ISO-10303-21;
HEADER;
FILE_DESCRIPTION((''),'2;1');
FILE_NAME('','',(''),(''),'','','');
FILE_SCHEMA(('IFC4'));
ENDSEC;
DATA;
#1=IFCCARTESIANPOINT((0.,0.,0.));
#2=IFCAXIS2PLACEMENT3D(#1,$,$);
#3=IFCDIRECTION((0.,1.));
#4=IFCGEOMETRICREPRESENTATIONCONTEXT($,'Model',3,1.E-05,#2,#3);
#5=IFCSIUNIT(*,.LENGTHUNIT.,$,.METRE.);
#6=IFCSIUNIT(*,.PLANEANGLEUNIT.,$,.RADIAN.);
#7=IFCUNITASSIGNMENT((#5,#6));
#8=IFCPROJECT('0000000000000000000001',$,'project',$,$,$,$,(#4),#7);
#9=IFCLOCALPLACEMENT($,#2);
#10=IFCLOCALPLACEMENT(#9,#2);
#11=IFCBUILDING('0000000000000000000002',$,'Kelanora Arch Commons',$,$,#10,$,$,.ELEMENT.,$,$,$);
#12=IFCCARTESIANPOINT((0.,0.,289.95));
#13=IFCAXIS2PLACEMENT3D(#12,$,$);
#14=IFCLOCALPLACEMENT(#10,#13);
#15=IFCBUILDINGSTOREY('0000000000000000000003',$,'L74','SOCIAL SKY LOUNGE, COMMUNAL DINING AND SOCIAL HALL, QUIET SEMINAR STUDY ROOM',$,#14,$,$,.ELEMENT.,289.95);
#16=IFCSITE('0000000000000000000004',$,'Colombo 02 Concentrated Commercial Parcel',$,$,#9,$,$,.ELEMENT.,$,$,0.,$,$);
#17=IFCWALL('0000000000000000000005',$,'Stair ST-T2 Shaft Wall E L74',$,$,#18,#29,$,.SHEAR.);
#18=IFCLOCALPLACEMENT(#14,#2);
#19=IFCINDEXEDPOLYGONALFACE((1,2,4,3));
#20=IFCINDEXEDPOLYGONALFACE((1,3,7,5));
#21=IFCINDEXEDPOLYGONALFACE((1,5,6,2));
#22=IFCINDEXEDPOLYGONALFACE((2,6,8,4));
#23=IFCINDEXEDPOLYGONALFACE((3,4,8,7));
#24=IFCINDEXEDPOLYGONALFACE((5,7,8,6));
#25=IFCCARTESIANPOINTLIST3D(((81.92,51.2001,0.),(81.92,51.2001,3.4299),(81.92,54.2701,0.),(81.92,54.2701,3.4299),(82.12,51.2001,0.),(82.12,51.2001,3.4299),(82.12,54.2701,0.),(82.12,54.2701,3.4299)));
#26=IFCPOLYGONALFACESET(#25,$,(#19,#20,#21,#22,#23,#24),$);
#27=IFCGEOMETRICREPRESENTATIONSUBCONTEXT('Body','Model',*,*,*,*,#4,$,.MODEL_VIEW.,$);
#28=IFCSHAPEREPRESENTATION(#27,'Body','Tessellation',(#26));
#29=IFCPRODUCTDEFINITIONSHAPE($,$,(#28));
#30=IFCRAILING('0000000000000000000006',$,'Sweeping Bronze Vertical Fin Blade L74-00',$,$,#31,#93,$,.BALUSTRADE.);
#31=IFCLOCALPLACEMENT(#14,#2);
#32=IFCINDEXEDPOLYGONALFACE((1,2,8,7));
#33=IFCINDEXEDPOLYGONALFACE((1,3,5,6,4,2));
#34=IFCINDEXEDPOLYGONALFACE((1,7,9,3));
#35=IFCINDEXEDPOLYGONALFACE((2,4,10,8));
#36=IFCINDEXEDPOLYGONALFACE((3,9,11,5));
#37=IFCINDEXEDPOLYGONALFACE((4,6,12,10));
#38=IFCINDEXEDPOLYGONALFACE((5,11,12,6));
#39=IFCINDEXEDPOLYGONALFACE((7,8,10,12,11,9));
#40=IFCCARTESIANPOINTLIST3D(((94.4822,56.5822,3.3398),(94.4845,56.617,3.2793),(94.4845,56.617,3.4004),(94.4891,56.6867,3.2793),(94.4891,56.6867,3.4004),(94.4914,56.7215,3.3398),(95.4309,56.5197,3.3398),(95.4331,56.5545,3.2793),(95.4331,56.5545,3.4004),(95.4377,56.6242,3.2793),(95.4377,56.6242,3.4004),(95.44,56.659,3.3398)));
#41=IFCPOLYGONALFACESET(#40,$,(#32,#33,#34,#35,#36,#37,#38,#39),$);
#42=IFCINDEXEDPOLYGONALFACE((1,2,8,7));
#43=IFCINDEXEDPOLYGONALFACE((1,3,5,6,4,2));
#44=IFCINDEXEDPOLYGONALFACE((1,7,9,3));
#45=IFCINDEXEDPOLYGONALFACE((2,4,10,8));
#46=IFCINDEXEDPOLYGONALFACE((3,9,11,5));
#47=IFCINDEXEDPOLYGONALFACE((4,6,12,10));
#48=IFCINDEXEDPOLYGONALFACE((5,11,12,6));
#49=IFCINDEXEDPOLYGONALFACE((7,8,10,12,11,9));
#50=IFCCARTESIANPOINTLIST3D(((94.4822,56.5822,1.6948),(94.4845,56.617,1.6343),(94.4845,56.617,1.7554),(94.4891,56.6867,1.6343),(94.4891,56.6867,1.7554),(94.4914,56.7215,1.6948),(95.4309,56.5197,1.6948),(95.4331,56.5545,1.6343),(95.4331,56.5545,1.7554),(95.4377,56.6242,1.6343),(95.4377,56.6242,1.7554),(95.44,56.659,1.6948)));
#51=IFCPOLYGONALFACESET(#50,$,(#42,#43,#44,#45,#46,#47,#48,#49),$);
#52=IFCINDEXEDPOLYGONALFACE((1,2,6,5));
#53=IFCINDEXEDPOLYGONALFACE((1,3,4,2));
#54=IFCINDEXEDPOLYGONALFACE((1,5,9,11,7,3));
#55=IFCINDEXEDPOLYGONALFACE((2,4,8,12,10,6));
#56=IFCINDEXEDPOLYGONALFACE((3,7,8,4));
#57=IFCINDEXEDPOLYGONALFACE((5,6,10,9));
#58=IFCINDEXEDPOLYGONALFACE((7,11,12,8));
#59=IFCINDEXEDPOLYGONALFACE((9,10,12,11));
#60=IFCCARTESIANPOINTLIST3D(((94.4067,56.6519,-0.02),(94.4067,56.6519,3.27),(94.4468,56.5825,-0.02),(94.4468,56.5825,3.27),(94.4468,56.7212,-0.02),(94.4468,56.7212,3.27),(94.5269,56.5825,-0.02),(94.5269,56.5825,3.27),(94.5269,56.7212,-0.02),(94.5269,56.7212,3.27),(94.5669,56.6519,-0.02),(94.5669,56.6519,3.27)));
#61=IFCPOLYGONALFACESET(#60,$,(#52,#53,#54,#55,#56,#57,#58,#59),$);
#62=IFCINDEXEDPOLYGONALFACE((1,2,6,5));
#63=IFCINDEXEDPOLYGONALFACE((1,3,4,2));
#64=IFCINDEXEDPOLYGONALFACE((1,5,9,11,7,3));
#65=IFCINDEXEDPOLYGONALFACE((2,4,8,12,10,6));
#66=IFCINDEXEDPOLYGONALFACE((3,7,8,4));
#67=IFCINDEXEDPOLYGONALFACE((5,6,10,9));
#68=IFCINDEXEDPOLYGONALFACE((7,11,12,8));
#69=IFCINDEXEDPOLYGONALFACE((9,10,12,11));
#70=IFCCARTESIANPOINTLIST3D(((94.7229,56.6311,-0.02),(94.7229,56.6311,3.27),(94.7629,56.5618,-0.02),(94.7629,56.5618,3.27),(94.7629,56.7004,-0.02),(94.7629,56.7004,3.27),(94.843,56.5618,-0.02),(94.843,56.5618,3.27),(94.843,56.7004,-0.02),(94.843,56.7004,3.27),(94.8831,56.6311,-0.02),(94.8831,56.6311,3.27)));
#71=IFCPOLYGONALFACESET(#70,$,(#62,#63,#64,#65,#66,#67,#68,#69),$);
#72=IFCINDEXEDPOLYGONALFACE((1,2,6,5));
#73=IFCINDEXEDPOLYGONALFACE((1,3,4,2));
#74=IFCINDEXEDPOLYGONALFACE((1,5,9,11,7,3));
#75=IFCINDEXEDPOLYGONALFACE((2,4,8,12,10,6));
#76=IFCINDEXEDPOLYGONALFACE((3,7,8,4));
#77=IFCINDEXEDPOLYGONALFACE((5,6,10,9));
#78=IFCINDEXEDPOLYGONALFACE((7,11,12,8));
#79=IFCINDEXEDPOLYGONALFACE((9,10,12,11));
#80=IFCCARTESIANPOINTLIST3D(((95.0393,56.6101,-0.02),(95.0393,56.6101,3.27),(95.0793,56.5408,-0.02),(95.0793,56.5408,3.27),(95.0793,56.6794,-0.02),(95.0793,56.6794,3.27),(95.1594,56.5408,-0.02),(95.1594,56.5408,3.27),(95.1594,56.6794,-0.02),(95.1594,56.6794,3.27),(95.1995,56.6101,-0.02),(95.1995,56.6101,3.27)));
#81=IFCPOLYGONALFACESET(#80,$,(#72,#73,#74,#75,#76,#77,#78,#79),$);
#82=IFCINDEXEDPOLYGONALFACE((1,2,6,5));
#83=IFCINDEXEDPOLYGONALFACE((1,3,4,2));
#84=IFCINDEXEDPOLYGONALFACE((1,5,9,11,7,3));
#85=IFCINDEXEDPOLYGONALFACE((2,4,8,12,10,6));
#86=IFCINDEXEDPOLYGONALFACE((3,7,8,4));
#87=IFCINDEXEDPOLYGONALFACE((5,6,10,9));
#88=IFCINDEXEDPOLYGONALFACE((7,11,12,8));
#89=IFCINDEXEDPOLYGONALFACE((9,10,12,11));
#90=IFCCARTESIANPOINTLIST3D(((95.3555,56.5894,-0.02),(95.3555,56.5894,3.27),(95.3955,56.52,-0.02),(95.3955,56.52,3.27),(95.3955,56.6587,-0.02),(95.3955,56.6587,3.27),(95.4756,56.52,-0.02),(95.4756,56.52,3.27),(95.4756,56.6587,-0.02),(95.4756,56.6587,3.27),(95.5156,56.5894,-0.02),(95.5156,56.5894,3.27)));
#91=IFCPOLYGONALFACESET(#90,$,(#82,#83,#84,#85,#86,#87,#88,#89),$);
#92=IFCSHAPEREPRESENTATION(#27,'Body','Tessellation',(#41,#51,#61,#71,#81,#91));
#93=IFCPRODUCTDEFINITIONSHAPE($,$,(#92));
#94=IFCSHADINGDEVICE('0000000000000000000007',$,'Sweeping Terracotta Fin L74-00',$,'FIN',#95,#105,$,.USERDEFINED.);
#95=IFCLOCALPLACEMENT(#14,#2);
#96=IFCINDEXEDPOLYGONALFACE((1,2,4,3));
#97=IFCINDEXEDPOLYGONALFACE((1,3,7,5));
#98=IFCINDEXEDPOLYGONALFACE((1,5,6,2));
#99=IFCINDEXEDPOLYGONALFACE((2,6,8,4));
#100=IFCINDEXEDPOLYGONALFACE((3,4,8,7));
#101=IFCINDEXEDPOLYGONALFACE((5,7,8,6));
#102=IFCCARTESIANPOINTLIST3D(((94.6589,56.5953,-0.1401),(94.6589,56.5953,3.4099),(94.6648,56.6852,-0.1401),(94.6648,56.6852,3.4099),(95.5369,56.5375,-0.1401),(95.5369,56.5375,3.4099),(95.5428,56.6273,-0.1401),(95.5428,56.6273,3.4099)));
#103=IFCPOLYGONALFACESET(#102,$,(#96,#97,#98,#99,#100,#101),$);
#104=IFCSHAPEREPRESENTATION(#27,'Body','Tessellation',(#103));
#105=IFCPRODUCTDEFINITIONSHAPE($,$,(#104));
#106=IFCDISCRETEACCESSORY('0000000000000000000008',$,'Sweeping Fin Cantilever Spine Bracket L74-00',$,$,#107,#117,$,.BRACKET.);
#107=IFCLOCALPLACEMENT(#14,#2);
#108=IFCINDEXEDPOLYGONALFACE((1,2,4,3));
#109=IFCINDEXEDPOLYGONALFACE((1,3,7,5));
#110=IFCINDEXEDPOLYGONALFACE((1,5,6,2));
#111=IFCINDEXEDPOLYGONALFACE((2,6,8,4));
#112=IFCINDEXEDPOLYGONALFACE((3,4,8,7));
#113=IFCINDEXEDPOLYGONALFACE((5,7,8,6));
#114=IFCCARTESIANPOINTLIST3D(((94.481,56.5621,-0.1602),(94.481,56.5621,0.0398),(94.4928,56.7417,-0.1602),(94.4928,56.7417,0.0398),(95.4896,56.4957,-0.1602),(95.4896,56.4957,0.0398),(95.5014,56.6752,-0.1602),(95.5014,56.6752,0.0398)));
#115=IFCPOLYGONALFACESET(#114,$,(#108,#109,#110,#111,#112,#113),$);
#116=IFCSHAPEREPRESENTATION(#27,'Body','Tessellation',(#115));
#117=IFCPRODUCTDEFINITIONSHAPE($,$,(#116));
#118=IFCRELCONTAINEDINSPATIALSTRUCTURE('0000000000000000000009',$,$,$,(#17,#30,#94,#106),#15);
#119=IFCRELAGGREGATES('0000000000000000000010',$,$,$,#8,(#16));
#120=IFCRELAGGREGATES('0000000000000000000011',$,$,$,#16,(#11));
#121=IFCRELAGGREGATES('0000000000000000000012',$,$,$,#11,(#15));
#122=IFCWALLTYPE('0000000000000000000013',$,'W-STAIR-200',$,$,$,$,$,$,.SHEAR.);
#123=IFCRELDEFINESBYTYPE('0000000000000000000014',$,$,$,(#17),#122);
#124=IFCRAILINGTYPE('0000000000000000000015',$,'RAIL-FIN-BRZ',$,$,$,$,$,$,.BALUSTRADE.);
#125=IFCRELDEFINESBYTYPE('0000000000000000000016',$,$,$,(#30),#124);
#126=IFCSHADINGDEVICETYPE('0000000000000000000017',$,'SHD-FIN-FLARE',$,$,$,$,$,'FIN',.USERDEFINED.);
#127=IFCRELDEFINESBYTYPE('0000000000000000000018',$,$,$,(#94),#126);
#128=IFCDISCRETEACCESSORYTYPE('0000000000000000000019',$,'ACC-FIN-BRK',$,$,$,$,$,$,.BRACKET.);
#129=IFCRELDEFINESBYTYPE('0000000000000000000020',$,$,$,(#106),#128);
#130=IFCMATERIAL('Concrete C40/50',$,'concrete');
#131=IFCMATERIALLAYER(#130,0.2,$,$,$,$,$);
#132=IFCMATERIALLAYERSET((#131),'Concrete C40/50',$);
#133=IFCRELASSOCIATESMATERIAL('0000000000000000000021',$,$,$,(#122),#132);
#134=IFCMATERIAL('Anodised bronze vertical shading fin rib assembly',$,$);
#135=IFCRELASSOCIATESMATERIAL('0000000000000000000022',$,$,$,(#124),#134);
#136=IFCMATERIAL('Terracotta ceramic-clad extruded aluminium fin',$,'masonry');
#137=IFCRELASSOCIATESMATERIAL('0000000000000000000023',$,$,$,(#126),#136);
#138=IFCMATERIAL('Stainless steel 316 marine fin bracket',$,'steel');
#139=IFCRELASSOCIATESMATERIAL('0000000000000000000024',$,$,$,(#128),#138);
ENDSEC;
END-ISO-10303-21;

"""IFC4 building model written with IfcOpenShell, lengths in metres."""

from ifc_helpers import new_model, si_unit, direction, frame, frame_2d, origin, origin_2d, place, context, subcontext, project, spatial, polyline, rectangle, outline, extrude, source, transform, mapped, material, layer, layer_set, type_object, element, save


model = new_model("IFC4")

# Units and contexts
model_context = context("Model", 3, precision=1e-05, world=origin(), true_north=direction((0.0, 1.0)))
body_context = subcontext(model_context, "Body", "Model", "MODEL_VIEW")
ifc_project = project(units=[si_unit("LENGTHUNIT", "METRE"), si_unit("PLANEANGLEUNIT", "RADIAN")], contexts=[model_context])

# Site, building, storey
site_placement = place(None, origin())
site = spatial("IfcSite", under=ifc_project, at=site_placement, Name="Colombo 02 Concentrated Commercial Parcel", CompositionType="ELEMENT", RefElevation=0.0)
building_placement = place(site_placement, origin())
building = spatial("IfcBuilding", under=site, at=building_placement, Name="Kelanora Arch Commons", CompositionType="ELEMENT")
storey_placement = place(building_placement, frame((0.0, 0.0, 289.95)))
storey = spatial("IfcBuildingStorey", under=building, at=storey_placement, Name="L74", Description="SOCIAL SKY LOUNGE, COMMUNAL DINING AND SOCIAL HALL, QUIET SEMINAR STUDY ROOM", CompositionType="ELEMENT", Elevation=289.95)

# Wall
ifc_material_1 = material(Name="Concrete C40/50", Category="concrete")
ifc_layer_1 = layer(ifc_material_1, 0.2)
ifc_layer_set_1 = layer_set([ifc_layer_1], Name="Concrete C40/50")
wall_type_1 = type_object("IfcWallType", Name="W-STAIR-200", PredefinedType="SHEAR", material=ifc_layer_set_1)
wall_1_placement = place(storey_placement, frame((82.02, 51.2, 0.0), z_axis=(0.0, 0.0, 1.0), x_axis=(0.0, 1.0, 0.0)))
element("IfcWall", 1, at=wall_1_placement, inside=storey, type_object=wall_type_1, Name="Stair ST-T2 Shaft Wall E L74", PredefinedType="SHEAR", context=body_context, shape_type="SweptSolid", body=[
    extrude(rectangle(XDim=3.0701, YDim=0.2, at=frame_2d((1.5352, 0.0))), origin(), (0.0, 0.0, 1.0), 3.4299),
])

# Railing
ifc_material_2 = material(Name="Anodised bronze vertical shading fin rib assembly")
railing_type = type_object("IfcRailingType", Name="RAIL-FIN-BRZ", PredefinedType="BALUSTRADE", material=ifc_material_2)
railing_placement = place(storey_placement, frame((94.4868, 56.6519, -0.02)))
element("IfcRailing", 2, at=railing_placement, inside=storey, type_object=railing_type, Name="Sweeping Bronze Vertical Fin Blade L74-00", PredefinedType="BALUSTRADE", context=body_context, shape_type="SweptSolid", body=[
    extrude(outline(polyline([(0.0698, 0.0), (0.0349, 0.0605), (-0.0349, 0.0605), (-0.0698, 0.0), (-0.0349, -0.0605), (0.0349, -0.0605), (0.0698, 0.0)])), frame((0.0, 0.0, 3.3599), z_axis=(0.997837, -0.065735, 0.0), x_axis=(0.065735, 0.997837, 0.0)), (0.0, 0.0, 1.0), 0.9507),
    extrude(outline(polyline([(0.0698, 0.0), (0.0349, 0.0605), (-0.0349, 0.0605), (-0.0698, 0.0), (-0.0349, -0.0605), (0.0349, -0.0605), (0.0698, 0.0)])), frame((0.0, 0.0, 1.7148), z_axis=(0.997837, -0.065735, 0.0), x_axis=(0.065735, 0.997837, 0.0)), (0.0, 0.0, 1.0), 0.9507),
    extrude(outline(polyline([(0.0801, 0.0), (0.04, 0.0693), (-0.04, 0.0693), (-0.0801, 0.0), (-0.04, -0.0693), (0.04, -0.0693), (0.0801, 0.0)])), origin(), (0.0, 0.0, 1.0), 3.29),
    extrude(outline(polyline([(0.0801, 0.0), (0.04, 0.0693), (-0.04, 0.0693), (-0.0801, 0.0), (-0.04, -0.0693), (0.04, -0.0693), (0.0801, 0.0)])), frame((0.3162, -0.0208, 0.0)), (0.0, 0.0, 1.0), 3.29),
    extrude(outline(polyline([(0.0801, 0.0), (0.04, 0.0693), (-0.04, 0.0693), (-0.0801, 0.0), (-0.04, -0.0693), (0.04, -0.0693), (0.0801, 0.0)])), frame((0.6326, -0.0417, 0.0)), (0.0, 0.0, 1.0), 3.29),
    extrude(outline(polyline([(0.0801, 0.0), (0.04, 0.0693), (-0.04, 0.0693), (-0.0801, 0.0), (-0.04, -0.0693), (0.04, -0.0693), (0.0801, 0.0)])), frame((0.9487, -0.0625, 0.0)), (0.0, 0.0, 1.0), 3.29),
])

# Shading device
ifc_material_3 = material(Name="Terracotta ceramic-clad extruded aluminium fin", Category="masonry")
shading_device_type = type_object("IfcShadingDeviceType", Name="SHD-FIN-FLARE", ElementType="FIN", PredefinedType="USERDEFINED", material=ifc_material_3)
shared_shape_1 = source(origin(), body_context, "Body", "SweptSolid", [
    extrude(rectangle(XDim=0.8799, YDim=0.0901, at=origin_2d()), origin(), (0.0, 0.0, 1.0), 3.55),
])
shading_device_placement = place(storey_placement, frame((95.1008, 56.6113, -0.1401), z_axis=(0.0, 0.0, 1.0), x_axis=(0.997836, -0.065751, 0.0)))
element("IfcShadingDevice", 3, at=shading_device_placement, inside=storey, type_object=shading_device_type, Name="Sweeping Terracotta Fin L74-00", ObjectType="FIN", PredefinedType="USERDEFINED", context=body_context, shape_type="MappedRepresentation", body=[
    mapped(shared_shape_1, transform((0.0, 0.0, 0.0), scale=1.0)),
])

# Discrete accessory
ifc_material_4 = material(Name="Stainless steel 316 marine fin bracket", Category="steel")
discrete_accessory_type = type_object("IfcDiscreteAccessoryType", Name="ACC-FIN-BRK", PredefinedType="BRACKET", material=ifc_material_4)
shared_shape_2 = source(origin(), body_context, "Body", "SweptSolid", [
    extrude(rectangle(XDim=1.0107, YDim=0.1799, at=origin_2d()), origin(), (0.0, 0.0, 1.0), 0.2),
])
discrete_accessory_placement = place(storey_placement, frame((94.9912, 56.6187, -0.1602), z_axis=(0.0, 0.0, 1.0), x_axis=(0.997836, -0.065751, 0.0)))
element("IfcDiscreteAccessory", 4, at=discrete_accessory_placement, inside=storey, type_object=discrete_accessory_type, Name="Sweeping Fin Cantilever Spine Bracket L74-00", PredefinedType="BRACKET", context=body_context, shape_type="MappedRepresentation", body=[
    mapped(shared_shape_2, transform((0.0, 0.0, 0.0), scale=1.0)),
])

save(model, "model.ifc")
